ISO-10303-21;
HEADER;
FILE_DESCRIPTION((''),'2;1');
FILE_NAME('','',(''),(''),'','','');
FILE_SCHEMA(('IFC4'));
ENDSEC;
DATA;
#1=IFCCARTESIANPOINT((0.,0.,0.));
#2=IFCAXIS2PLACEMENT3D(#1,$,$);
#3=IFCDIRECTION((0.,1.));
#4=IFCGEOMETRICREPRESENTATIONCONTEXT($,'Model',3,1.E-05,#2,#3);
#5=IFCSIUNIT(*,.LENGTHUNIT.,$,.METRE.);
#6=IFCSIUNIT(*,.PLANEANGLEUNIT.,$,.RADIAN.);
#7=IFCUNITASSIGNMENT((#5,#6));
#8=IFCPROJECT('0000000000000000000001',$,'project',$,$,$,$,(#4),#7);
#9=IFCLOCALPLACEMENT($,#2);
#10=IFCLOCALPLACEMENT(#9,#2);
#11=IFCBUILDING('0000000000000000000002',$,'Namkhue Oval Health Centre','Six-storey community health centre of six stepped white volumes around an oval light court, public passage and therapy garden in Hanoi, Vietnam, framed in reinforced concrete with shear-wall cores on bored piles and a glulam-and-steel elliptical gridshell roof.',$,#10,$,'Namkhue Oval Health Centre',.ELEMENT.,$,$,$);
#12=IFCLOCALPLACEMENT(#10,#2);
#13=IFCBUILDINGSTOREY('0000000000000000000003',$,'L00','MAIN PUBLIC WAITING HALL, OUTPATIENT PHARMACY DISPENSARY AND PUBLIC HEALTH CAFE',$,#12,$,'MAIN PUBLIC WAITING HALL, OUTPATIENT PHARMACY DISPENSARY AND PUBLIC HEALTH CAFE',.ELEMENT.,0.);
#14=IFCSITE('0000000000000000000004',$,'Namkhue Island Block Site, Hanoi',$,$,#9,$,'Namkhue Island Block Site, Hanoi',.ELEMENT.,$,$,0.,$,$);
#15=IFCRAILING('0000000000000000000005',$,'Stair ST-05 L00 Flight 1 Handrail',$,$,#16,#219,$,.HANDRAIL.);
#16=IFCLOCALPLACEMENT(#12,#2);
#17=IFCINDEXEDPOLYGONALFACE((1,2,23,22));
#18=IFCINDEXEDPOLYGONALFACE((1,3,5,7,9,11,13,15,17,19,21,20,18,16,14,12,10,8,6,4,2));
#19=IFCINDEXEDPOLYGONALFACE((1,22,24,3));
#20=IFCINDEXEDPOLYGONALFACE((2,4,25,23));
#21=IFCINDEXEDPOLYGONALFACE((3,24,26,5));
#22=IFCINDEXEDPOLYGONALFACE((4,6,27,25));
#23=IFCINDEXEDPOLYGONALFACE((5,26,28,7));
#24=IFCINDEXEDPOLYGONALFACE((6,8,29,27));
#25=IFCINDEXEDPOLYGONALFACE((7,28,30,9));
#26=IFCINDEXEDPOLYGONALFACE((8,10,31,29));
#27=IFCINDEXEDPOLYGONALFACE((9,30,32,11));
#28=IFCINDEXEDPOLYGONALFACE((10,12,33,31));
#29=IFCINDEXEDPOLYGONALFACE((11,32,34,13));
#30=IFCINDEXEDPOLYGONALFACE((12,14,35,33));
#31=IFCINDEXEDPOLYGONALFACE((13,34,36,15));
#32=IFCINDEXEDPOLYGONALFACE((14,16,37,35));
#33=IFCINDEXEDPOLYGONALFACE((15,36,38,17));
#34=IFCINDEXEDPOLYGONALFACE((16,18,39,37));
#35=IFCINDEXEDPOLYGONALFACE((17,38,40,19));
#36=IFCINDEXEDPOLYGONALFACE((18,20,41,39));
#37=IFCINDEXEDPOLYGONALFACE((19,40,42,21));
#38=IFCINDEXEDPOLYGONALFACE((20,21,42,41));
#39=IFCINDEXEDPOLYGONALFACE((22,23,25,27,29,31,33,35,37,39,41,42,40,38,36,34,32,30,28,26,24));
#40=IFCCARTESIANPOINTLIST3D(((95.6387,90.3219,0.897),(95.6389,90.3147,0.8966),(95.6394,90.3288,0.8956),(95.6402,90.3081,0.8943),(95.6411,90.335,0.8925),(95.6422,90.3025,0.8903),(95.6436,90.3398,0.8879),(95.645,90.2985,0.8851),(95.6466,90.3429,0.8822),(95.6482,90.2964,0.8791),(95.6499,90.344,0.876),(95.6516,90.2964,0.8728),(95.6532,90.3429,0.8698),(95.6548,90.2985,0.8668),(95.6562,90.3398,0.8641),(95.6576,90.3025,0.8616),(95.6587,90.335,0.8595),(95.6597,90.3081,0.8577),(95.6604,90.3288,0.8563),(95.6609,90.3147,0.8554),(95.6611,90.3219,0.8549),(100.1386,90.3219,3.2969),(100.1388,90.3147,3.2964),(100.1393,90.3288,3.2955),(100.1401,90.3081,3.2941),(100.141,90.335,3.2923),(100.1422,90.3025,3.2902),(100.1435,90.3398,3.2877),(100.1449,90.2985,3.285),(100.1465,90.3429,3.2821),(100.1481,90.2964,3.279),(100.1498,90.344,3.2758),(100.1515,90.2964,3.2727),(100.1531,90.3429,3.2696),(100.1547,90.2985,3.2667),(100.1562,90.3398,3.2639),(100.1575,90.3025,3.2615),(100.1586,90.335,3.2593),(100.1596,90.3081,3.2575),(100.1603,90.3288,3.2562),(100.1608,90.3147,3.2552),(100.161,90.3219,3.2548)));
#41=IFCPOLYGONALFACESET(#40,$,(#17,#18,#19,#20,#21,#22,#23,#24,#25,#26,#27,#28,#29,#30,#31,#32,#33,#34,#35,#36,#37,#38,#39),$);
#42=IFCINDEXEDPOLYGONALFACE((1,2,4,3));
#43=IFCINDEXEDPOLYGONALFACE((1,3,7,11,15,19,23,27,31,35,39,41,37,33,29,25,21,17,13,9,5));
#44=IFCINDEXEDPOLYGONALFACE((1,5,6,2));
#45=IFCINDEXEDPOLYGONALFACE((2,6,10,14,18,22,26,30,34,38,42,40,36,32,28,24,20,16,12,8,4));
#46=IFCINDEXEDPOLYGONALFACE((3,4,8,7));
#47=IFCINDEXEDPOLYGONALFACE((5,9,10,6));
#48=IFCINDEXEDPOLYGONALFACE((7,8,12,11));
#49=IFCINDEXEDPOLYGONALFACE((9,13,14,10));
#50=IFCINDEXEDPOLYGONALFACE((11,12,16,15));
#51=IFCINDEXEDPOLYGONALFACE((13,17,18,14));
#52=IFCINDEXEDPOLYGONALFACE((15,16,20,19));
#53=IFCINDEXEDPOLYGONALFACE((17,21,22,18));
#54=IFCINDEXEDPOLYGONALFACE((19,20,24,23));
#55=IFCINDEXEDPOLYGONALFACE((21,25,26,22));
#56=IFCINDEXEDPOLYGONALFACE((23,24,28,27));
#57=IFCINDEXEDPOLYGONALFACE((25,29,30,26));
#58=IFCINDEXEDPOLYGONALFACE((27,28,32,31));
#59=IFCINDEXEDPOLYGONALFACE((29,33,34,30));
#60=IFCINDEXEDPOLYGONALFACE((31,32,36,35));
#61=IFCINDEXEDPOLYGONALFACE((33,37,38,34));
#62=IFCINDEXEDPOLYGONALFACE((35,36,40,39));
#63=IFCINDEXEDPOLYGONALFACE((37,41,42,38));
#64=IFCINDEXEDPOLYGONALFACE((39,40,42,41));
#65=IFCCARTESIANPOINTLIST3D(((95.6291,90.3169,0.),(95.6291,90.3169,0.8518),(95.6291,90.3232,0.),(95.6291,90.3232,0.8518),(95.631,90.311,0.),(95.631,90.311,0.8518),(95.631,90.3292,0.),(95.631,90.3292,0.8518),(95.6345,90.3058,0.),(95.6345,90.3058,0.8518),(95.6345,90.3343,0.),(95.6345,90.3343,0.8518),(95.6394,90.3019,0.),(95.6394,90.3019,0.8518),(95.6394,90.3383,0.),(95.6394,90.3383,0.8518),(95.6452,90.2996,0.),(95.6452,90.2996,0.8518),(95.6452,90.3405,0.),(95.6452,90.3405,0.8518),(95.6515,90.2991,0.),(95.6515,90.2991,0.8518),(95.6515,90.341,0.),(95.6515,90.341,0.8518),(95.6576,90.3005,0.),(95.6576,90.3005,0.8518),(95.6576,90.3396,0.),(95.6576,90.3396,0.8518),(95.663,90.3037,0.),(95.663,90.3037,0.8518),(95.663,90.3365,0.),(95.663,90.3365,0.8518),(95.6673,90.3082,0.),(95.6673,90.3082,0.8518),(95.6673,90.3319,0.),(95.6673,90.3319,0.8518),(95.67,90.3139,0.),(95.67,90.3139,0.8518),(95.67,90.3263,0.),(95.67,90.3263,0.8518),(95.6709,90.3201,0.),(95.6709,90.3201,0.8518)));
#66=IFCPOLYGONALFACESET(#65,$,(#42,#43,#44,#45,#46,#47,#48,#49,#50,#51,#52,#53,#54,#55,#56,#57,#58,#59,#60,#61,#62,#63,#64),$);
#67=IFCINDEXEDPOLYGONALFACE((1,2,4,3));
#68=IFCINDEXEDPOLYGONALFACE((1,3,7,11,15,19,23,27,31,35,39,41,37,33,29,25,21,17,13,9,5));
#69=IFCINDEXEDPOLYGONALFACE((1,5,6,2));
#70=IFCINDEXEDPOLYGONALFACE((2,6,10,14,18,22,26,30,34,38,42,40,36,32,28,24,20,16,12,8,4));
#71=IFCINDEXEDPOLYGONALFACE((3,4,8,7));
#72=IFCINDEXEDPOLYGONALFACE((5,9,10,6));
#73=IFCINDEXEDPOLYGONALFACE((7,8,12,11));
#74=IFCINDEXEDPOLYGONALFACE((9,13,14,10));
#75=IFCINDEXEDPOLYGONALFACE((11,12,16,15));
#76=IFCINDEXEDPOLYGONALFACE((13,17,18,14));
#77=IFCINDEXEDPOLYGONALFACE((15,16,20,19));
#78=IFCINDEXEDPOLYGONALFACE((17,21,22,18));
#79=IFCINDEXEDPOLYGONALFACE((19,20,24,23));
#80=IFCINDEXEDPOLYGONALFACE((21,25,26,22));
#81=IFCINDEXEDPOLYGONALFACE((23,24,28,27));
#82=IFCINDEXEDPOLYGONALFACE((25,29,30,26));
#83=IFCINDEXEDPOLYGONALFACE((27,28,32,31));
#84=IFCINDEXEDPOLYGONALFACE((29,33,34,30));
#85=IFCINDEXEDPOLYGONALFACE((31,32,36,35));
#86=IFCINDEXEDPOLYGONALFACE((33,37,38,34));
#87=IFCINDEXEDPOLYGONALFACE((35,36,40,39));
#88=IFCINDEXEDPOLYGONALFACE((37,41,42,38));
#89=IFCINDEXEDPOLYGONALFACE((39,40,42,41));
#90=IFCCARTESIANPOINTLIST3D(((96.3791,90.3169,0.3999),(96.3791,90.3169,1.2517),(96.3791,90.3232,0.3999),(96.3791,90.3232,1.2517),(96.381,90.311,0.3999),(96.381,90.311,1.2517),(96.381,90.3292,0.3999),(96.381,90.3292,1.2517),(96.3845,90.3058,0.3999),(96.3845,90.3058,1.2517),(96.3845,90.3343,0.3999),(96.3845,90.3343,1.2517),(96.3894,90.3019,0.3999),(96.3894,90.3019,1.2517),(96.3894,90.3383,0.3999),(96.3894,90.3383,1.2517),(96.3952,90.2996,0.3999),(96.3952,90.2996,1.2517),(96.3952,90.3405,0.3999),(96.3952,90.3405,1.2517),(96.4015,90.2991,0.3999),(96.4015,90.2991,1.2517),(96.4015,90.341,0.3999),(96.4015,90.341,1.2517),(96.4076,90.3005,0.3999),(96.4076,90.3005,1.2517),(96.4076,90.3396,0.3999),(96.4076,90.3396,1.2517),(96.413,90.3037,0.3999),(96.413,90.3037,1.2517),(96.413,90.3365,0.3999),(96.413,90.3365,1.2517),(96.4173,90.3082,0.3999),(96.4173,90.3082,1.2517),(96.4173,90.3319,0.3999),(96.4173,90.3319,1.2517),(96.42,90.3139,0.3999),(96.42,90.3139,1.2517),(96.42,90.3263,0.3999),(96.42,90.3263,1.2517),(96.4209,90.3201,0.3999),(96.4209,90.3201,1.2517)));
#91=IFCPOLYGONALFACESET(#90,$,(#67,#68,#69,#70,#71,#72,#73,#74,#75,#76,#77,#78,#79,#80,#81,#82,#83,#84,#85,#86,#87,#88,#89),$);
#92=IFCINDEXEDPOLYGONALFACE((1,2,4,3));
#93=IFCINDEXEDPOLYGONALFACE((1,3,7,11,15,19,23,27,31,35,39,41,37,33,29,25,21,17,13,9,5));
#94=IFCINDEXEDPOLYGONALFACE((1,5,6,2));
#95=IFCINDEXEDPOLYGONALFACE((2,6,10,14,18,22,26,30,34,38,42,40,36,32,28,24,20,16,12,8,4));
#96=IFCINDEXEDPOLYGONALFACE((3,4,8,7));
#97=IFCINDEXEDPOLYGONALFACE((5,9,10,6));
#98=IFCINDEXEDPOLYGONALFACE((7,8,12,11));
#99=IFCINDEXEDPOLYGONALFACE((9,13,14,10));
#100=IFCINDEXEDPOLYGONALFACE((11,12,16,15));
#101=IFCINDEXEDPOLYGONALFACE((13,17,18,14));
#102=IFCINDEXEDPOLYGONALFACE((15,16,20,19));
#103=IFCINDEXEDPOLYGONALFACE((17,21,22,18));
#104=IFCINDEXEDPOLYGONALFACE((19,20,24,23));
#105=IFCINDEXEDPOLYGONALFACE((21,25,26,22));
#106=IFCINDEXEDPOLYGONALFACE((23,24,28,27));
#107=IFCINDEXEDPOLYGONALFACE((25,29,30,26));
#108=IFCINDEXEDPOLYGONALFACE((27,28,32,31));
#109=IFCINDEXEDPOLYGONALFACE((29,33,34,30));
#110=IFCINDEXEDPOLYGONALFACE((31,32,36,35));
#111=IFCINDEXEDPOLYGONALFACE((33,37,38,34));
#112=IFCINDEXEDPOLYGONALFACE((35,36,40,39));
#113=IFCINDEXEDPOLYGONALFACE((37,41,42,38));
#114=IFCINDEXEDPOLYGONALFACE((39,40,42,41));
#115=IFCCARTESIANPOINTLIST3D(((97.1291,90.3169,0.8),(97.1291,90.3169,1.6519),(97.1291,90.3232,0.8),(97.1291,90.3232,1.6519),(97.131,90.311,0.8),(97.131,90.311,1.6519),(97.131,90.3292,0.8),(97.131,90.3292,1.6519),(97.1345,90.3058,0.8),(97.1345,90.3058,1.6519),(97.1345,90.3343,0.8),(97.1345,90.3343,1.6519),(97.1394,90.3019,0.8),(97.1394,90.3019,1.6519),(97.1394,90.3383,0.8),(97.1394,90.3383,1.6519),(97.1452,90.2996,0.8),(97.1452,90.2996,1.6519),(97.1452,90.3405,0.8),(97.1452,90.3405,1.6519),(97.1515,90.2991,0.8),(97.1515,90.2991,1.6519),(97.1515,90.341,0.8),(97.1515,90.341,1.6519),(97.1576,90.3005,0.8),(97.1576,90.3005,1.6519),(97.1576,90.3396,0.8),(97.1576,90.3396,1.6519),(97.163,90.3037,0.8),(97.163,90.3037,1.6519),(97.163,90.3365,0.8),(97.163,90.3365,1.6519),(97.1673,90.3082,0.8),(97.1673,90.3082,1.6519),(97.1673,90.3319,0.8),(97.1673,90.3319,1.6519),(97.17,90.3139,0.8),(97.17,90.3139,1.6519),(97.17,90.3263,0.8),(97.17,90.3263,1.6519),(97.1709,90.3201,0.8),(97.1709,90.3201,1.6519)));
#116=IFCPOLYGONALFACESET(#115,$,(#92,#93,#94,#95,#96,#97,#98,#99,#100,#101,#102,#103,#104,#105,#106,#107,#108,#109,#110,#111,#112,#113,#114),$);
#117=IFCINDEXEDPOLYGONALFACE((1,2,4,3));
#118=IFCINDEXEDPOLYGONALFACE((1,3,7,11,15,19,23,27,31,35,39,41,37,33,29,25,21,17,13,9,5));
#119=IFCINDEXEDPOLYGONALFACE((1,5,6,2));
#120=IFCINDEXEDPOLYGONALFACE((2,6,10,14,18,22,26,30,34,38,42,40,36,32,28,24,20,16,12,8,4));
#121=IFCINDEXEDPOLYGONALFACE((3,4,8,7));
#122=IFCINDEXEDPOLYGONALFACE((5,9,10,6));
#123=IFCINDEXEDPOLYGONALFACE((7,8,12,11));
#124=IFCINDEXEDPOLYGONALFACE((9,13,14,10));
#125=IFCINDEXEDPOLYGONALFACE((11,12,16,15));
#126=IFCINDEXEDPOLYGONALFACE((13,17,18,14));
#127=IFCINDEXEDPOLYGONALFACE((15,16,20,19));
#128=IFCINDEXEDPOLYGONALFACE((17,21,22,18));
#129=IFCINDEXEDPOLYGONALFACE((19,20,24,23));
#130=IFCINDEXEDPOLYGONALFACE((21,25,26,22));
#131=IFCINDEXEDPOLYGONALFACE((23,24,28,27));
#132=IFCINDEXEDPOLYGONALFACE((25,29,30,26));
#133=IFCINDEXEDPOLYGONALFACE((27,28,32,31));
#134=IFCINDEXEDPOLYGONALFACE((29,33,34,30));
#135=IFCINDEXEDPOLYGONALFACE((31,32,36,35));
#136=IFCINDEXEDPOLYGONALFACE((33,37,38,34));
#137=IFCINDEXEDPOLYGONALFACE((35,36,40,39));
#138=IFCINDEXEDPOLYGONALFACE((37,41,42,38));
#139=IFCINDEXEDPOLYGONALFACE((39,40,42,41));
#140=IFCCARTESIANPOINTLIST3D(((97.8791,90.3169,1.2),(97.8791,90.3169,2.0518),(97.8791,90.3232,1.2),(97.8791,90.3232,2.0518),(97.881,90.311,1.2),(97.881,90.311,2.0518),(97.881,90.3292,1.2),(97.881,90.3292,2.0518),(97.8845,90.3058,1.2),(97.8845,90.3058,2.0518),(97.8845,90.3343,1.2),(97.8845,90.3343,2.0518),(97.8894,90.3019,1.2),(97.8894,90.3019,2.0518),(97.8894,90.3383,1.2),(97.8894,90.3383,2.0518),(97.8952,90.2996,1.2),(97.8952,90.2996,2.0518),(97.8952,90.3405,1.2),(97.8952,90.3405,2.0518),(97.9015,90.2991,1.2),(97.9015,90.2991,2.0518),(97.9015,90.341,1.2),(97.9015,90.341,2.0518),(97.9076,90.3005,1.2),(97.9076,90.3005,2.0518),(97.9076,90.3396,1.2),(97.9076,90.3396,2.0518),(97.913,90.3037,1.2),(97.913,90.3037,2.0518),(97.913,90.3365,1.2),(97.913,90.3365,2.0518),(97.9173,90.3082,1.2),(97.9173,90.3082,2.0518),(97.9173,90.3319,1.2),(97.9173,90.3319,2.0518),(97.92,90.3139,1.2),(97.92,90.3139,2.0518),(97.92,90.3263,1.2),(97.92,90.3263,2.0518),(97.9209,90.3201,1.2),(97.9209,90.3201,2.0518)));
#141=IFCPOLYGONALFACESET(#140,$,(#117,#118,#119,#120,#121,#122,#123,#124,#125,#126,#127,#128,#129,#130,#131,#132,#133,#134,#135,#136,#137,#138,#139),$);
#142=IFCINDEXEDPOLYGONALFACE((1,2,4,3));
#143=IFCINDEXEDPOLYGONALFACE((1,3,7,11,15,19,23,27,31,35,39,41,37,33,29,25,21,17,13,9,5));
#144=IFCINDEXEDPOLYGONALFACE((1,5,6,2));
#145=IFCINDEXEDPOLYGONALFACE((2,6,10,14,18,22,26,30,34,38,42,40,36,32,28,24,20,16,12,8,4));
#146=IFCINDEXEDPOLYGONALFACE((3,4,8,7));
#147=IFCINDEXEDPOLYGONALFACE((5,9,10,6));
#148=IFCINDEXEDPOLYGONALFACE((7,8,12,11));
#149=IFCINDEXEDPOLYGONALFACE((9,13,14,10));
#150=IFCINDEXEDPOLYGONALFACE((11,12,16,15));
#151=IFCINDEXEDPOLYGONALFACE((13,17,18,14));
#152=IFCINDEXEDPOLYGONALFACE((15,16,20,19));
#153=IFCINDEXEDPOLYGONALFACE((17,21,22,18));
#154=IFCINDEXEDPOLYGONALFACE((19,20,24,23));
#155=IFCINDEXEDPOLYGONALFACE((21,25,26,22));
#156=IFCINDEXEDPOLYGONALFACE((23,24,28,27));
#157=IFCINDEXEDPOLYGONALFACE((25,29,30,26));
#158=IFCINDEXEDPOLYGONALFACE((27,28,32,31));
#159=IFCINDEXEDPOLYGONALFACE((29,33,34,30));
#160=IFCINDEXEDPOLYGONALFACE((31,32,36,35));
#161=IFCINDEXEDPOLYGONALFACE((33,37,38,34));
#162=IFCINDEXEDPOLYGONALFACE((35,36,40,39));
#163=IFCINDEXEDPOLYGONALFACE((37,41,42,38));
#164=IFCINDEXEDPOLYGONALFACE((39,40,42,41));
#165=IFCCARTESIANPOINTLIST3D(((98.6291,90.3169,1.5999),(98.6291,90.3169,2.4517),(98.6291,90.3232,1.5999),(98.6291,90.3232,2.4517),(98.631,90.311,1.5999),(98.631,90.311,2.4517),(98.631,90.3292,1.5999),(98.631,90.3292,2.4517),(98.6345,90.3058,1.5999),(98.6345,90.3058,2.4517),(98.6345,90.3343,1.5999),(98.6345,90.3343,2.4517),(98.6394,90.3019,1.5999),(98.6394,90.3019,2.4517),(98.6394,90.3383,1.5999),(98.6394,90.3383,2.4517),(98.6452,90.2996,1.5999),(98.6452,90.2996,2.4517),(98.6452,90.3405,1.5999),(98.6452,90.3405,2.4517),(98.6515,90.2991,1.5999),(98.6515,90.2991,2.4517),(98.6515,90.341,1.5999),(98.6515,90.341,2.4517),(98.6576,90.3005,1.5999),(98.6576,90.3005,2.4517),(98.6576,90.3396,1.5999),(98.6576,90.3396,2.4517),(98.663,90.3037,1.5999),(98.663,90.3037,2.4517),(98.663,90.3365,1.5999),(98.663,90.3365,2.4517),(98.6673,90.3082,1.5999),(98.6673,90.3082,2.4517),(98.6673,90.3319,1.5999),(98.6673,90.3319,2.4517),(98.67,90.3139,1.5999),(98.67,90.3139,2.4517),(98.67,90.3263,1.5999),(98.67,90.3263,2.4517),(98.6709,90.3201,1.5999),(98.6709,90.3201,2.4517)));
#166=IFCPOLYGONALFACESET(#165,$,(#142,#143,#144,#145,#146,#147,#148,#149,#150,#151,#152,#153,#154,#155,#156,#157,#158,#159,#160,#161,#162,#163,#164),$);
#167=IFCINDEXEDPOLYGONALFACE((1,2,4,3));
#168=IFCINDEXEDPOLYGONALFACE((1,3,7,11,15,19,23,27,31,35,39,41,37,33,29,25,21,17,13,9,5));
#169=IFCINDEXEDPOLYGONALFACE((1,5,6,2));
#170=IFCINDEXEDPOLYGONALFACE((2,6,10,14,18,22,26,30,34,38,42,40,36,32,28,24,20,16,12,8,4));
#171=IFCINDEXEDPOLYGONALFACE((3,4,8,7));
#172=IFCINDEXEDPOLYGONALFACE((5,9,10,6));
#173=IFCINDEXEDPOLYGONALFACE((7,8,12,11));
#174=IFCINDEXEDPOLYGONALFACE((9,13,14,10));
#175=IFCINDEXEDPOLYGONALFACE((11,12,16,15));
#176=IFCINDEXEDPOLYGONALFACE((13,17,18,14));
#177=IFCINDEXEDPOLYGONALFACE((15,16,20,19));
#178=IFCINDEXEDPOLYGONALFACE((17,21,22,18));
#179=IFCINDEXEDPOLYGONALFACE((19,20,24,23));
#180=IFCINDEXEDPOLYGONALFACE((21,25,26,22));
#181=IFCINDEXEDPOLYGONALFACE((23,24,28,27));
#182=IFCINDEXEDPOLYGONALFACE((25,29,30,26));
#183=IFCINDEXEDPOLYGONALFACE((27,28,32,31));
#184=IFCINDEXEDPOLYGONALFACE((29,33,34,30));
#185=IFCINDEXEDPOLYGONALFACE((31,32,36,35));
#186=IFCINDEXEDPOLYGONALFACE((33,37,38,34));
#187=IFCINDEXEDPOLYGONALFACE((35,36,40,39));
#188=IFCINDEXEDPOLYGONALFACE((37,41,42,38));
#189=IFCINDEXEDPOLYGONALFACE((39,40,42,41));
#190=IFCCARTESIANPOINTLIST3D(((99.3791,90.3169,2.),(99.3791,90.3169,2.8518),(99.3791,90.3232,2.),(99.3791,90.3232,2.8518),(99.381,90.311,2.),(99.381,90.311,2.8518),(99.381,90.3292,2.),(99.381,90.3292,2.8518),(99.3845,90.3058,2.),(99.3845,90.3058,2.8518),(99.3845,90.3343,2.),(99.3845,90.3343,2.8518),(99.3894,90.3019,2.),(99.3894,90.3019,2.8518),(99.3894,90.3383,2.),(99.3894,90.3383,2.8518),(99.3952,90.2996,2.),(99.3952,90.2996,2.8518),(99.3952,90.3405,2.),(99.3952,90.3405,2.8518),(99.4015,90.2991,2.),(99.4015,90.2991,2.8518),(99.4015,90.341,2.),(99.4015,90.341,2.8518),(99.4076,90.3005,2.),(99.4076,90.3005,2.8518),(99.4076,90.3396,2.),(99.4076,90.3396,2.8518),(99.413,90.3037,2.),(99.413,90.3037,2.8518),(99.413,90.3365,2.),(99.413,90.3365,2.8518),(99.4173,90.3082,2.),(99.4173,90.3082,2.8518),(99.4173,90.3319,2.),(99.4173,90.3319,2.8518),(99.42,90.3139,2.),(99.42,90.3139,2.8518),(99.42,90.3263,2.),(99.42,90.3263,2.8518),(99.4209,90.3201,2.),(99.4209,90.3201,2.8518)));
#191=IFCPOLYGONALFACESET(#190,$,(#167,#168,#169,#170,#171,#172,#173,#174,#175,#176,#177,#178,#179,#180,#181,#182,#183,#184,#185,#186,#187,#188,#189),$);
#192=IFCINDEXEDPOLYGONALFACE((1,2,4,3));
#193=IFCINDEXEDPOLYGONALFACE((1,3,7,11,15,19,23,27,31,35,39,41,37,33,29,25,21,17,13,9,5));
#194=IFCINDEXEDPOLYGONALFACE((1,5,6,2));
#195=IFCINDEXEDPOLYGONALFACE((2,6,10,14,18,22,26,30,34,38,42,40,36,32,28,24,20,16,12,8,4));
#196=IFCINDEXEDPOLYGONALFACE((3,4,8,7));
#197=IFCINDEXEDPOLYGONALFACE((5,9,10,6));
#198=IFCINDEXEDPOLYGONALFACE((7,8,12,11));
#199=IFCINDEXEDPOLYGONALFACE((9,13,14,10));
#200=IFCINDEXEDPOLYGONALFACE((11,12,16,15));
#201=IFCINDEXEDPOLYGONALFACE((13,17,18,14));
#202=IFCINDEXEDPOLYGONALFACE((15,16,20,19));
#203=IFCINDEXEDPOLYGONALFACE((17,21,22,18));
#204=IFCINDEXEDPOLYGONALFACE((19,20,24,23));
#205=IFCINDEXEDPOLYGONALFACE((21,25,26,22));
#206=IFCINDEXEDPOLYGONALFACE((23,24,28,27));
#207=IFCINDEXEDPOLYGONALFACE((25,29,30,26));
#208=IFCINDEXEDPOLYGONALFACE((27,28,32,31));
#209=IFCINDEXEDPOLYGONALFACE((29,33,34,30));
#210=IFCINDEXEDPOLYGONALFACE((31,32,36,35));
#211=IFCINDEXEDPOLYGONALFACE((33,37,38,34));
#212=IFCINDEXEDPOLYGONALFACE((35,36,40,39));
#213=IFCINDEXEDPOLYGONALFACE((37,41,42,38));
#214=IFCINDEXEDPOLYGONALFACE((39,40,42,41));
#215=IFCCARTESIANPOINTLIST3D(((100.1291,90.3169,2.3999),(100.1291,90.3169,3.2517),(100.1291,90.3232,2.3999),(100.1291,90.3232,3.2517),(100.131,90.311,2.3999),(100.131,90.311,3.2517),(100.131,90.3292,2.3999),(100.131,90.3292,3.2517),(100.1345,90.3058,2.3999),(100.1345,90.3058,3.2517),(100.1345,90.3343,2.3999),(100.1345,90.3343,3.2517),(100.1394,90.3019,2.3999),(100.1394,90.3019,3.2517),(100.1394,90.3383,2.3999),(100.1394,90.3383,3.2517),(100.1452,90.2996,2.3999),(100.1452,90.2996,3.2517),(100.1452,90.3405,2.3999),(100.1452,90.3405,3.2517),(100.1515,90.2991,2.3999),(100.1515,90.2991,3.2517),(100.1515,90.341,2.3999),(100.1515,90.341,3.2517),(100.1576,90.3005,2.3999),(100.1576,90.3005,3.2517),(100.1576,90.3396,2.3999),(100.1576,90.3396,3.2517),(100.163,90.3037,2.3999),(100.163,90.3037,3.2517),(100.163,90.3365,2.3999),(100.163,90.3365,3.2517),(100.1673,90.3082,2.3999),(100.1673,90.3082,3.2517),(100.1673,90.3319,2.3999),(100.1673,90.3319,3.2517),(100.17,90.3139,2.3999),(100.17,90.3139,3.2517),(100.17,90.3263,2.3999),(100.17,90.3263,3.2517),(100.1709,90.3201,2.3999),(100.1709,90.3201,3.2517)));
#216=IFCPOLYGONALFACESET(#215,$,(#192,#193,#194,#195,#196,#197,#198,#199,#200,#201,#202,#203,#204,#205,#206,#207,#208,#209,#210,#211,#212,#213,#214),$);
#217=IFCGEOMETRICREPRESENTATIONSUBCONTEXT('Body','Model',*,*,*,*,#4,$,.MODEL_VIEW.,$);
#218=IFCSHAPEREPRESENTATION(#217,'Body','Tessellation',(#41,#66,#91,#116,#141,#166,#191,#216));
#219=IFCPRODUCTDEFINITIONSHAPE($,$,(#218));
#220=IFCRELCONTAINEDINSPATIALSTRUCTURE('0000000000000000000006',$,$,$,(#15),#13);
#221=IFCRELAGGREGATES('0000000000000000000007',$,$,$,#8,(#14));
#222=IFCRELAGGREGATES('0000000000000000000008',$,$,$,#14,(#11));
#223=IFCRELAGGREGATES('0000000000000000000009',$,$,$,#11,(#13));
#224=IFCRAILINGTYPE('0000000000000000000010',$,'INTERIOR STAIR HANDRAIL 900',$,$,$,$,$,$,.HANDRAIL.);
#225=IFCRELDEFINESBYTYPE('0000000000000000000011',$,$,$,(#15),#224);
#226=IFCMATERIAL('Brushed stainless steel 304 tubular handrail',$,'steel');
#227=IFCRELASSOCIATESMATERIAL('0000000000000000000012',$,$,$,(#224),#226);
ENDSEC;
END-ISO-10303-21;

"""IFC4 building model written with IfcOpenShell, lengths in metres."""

from ifc_helpers import new_model, si_unit, direction, frame, origin, origin_2d, place, context, subcontext, project, spatial, circle, extrude, material, type_object, element, save


model = new_model("IFC4")

# Units and contexts
model_context = context("Model", 3, precision=1e-05, world=origin(), true_north=direction((0.0, 1.0)))
body_context = subcontext(model_context, "Body", "Model", "MODEL_VIEW")
ifc_project = project(units=[si_unit("LENGTHUNIT", "METRE"), si_unit("PLANEANGLEUNIT", "RADIAN")], contexts=[model_context])

# Site, building, storey
site_placement = place(None, origin())
site = spatial("IfcSite", under=ifc_project, at=site_placement, Name="Namkhue Island Block Site, Hanoi", LongName="Namkhue Island Block Site, Hanoi", CompositionType="ELEMENT", RefElevation=0.0)
building_placement = place(site_placement, origin())
building = spatial("IfcBuilding", under=site, at=building_placement, Name="Namkhue Oval Health Centre", Description="Six-storey community health centre of six stepped white volumes around an oval light court, public passage and therapy garden in Hanoi, Vietnam, framed in reinforced concrete with shear-wall cores on bored piles and a glulam-and-steel elliptical gridshell roof.", LongName="Namkhue Oval Health Centre", CompositionType="ELEMENT")
storey_placement = place(building_placement, origin())
storey = spatial("IfcBuildingStorey", under=building, at=storey_placement, Name="L00", Description="MAIN PUBLIC WAITING HALL, OUTPATIENT PHARMACY DISPENSARY AND PUBLIC HEALTH CAFE", LongName="MAIN PUBLIC WAITING HALL, OUTPATIENT PHARMACY DISPENSARY AND PUBLIC HEALTH CAFE", CompositionType="ELEMENT", Elevation=0.0)

# Railing
ifc_material_1 = material(Name="Brushed stainless steel 304 tubular handrail", Category="steel")
railing_type_1 = type_object("IfcRailingType", Name="INTERIOR STAIR HANDRAIL 900", PredefinedType="HANDRAIL", material=ifc_material_1)
railing_1_placement = place(storey_placement, frame((95.6499, 90.3201, 0.0)))
element("IfcRailing", 1, at=railing_1_placement, inside=storey, type_object=railing_type_1, Name="Stair ST-05 L00 Flight 1 Handrail", PredefinedType="HANDRAIL", context=body_context, shape_type="SweptSolid", body=[
    extrude(circle(Radius=0.0239, at=origin_2d()), frame((0.0, 0.0, 0.876), z_axis=(0.882361, 0.0, 0.470573), x_axis=(0.0, 1.0, 0.0)), (0.0, 0.0, 1.0), 5.0999),
    extrude(circle(Radius=0.021, at=origin_2d()), origin(), (0.0, 0.0, 1.0), 0.8518),
    extrude(circle(Radius=0.021, at=origin_2d()), frame((0.75, 0.0, 0.3999)), (0.0, 0.0, 1.0), 0.8518),
    extrude(circle(Radius=0.021, at=origin_2d()), frame((1.5, 0.0, 0.8)), (0.0, 0.0, 1.0), 0.8518),
    extrude(circle(Radius=0.021, at=origin_2d()), frame((2.25, 0.0, 1.2)), (0.0, 0.0, 1.0), 0.8518),
    extrude(circle(Radius=0.021, at=origin_2d()), frame((3.0, 0.0, 1.5999)), (0.0, 0.0, 1.0), 0.8518),
    extrude(circle(Radius=0.021, at=origin_2d()), frame((3.75, 0.0, 2.0)), (0.0, 0.0, 1.0), 0.8518),
    extrude(circle(Radius=0.021, at=origin_2d()), frame((4.5, 0.0, 2.3999)), (0.0, 0.0, 1.0), 0.8518),
])

save(model, "model.ifc")
